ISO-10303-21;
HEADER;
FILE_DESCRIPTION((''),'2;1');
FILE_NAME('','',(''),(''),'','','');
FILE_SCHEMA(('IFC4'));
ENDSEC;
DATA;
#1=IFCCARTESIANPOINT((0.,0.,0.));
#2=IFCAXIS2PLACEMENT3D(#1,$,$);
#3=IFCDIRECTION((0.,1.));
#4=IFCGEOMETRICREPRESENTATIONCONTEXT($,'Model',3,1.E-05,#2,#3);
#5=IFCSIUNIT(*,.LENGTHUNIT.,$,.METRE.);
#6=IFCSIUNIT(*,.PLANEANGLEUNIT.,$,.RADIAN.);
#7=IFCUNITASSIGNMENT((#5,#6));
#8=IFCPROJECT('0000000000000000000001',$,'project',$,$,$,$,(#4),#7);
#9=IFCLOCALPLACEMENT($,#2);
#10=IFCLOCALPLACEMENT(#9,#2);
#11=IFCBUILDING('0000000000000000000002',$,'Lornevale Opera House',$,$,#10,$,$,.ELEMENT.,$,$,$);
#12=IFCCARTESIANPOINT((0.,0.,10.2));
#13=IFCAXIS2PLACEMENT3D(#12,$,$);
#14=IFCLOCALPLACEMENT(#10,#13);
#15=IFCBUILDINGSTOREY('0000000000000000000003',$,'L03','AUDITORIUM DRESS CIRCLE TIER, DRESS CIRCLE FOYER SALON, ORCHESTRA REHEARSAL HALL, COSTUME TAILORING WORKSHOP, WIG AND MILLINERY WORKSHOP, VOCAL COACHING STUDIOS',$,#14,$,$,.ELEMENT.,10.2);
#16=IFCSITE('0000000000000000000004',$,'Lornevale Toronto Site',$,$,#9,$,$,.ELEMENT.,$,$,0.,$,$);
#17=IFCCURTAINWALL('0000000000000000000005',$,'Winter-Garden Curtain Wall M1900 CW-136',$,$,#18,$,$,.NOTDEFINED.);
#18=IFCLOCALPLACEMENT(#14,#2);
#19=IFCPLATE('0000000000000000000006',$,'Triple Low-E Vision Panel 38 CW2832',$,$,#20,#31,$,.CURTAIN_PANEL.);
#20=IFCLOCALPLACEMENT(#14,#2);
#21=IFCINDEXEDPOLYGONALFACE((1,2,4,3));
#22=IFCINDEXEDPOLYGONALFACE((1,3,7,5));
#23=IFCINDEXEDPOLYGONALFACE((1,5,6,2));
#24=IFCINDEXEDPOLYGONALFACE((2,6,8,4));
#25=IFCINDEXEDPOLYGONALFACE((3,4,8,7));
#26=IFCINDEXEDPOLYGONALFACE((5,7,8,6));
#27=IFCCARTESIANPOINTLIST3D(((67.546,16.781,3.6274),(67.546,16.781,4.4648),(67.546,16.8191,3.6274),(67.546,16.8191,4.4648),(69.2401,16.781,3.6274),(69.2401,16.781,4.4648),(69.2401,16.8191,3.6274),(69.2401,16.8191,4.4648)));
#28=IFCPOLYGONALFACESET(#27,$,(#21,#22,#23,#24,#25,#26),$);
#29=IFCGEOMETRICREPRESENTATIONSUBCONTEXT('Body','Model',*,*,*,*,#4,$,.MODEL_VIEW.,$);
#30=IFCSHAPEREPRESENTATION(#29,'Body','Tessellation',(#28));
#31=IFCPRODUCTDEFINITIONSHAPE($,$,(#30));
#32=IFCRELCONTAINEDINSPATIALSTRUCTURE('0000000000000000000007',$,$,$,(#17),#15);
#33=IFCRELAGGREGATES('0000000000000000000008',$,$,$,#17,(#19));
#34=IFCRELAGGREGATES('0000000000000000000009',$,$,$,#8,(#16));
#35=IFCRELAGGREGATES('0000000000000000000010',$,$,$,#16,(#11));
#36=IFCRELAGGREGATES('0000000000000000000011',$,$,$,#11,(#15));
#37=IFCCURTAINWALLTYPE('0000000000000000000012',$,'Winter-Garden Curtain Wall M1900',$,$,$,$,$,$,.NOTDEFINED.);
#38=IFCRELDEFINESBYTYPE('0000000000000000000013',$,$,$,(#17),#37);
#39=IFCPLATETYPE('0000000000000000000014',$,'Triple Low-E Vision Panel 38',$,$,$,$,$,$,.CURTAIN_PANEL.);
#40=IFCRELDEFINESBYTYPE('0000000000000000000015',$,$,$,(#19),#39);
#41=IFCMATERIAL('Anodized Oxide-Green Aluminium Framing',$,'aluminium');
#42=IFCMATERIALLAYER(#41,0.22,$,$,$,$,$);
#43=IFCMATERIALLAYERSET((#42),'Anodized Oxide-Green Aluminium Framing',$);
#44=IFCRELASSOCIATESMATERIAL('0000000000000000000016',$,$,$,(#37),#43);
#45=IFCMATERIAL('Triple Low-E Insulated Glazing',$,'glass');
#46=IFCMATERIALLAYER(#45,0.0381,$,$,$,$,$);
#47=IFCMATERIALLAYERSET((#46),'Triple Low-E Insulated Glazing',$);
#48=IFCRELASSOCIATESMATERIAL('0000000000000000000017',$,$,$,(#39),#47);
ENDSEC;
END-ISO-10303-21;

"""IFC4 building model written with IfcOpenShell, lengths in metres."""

from ifc_helpers import new_model, si_unit, direction, frame, origin, origin_2d, place, context, subcontext, project, spatial, rectangle, extrude, material, layer, layer_set, type_object, element, aggregate, save


model = new_model("IFC4")

# Units and contexts
model_context = context("Model", 3, precision=1e-05, world=origin(), true_north=direction((0.0, 1.0)))
body_context = subcontext(model_context, "Body", "Model", "MODEL_VIEW")
ifc_project = project(units=[si_unit("LENGTHUNIT", "METRE"), si_unit("PLANEANGLEUNIT", "RADIAN")], contexts=[model_context])

# Site, building, storey
site_placement = place(None, origin())
site = spatial("IfcSite", under=ifc_project, at=site_placement, Name="Lornevale Toronto Site", CompositionType="ELEMENT", RefElevation=0.0)
building_placement = place(site_placement, origin())
building = spatial("IfcBuilding", under=site, at=building_placement, Name="Lornevale Opera House", CompositionType="ELEMENT")
storey_placement = place(building_placement, frame((0.0, 0.0, 10.2)))
storey = spatial("IfcBuildingStorey", under=building, at=storey_placement, Name="L03", Description="AUDITORIUM DRESS CIRCLE TIER, DRESS CIRCLE FOYER SALON, ORCHESTRA REHEARSAL HALL, COSTUME TAILORING WORKSHOP, WIG AND MILLINERY WORKSHOP, VOCAL COACHING STUDIOS", CompositionType="ELEMENT", Elevation=10.2)

# Curtain wall, plate
ifc_material_1 = material(Name="Anodized Oxide-Green Aluminium Framing", Category="aluminium")
ifc_layer_1 = layer(ifc_material_1, 0.22)
ifc_layer_set_1 = layer_set([ifc_layer_1], Name="Anodized Oxide-Green Aluminium Framing")
curtain_wall_type = type_object("IfcCurtainWallType", Name="Winter-Garden Curtain Wall M1900", PredefinedType="NOTDEFINED", material=ifc_layer_set_1)
curtain_wall_placement = place(storey_placement, origin())
curtain_wall = element("IfcCurtainWall", 1, at=curtain_wall_placement, inside=storey, type_object=curtain_wall_type, Name="Winter-Garden Curtain Wall M1900 CW-136", PredefinedType="NOTDEFINED")
ifc_material_2 = material(Name="Triple Low-E Insulated Glazing", Category="glass")
ifc_layer_2 = layer(ifc_material_2, 0.0381)
ifc_layer_set_2 = layer_set([ifc_layer_2], Name="Triple Low-E Insulated Glazing")
plate_type = type_object("IfcPlateType", Name="Triple Low-E Vision Panel 38", PredefinedType="CURTAIN_PANEL", material=ifc_layer_set_2)
plate_1_placement = place(storey_placement, frame((68.3931, 16.8, 3.6274), z_axis=(0.0, 0.0, 1.0), x_axis=(-1.0, 0.0, 0.0)))
plate_1 = element("IfcPlate", 2, at=plate_1_placement, type_object=plate_type, Name="Triple Low-E Vision Panel 38 CW2832", PredefinedType="CURTAIN_PANEL", context=body_context, shape_type="SweptSolid", body=[
    extrude(rectangle(XDim=1.6941, YDim=0.0381, at=origin_2d()), origin(), (0.0, 0.0, 1.0), 0.8374),
])
aggregate(curtain_wall, [plate_1])

save(model, "model.ifc")
